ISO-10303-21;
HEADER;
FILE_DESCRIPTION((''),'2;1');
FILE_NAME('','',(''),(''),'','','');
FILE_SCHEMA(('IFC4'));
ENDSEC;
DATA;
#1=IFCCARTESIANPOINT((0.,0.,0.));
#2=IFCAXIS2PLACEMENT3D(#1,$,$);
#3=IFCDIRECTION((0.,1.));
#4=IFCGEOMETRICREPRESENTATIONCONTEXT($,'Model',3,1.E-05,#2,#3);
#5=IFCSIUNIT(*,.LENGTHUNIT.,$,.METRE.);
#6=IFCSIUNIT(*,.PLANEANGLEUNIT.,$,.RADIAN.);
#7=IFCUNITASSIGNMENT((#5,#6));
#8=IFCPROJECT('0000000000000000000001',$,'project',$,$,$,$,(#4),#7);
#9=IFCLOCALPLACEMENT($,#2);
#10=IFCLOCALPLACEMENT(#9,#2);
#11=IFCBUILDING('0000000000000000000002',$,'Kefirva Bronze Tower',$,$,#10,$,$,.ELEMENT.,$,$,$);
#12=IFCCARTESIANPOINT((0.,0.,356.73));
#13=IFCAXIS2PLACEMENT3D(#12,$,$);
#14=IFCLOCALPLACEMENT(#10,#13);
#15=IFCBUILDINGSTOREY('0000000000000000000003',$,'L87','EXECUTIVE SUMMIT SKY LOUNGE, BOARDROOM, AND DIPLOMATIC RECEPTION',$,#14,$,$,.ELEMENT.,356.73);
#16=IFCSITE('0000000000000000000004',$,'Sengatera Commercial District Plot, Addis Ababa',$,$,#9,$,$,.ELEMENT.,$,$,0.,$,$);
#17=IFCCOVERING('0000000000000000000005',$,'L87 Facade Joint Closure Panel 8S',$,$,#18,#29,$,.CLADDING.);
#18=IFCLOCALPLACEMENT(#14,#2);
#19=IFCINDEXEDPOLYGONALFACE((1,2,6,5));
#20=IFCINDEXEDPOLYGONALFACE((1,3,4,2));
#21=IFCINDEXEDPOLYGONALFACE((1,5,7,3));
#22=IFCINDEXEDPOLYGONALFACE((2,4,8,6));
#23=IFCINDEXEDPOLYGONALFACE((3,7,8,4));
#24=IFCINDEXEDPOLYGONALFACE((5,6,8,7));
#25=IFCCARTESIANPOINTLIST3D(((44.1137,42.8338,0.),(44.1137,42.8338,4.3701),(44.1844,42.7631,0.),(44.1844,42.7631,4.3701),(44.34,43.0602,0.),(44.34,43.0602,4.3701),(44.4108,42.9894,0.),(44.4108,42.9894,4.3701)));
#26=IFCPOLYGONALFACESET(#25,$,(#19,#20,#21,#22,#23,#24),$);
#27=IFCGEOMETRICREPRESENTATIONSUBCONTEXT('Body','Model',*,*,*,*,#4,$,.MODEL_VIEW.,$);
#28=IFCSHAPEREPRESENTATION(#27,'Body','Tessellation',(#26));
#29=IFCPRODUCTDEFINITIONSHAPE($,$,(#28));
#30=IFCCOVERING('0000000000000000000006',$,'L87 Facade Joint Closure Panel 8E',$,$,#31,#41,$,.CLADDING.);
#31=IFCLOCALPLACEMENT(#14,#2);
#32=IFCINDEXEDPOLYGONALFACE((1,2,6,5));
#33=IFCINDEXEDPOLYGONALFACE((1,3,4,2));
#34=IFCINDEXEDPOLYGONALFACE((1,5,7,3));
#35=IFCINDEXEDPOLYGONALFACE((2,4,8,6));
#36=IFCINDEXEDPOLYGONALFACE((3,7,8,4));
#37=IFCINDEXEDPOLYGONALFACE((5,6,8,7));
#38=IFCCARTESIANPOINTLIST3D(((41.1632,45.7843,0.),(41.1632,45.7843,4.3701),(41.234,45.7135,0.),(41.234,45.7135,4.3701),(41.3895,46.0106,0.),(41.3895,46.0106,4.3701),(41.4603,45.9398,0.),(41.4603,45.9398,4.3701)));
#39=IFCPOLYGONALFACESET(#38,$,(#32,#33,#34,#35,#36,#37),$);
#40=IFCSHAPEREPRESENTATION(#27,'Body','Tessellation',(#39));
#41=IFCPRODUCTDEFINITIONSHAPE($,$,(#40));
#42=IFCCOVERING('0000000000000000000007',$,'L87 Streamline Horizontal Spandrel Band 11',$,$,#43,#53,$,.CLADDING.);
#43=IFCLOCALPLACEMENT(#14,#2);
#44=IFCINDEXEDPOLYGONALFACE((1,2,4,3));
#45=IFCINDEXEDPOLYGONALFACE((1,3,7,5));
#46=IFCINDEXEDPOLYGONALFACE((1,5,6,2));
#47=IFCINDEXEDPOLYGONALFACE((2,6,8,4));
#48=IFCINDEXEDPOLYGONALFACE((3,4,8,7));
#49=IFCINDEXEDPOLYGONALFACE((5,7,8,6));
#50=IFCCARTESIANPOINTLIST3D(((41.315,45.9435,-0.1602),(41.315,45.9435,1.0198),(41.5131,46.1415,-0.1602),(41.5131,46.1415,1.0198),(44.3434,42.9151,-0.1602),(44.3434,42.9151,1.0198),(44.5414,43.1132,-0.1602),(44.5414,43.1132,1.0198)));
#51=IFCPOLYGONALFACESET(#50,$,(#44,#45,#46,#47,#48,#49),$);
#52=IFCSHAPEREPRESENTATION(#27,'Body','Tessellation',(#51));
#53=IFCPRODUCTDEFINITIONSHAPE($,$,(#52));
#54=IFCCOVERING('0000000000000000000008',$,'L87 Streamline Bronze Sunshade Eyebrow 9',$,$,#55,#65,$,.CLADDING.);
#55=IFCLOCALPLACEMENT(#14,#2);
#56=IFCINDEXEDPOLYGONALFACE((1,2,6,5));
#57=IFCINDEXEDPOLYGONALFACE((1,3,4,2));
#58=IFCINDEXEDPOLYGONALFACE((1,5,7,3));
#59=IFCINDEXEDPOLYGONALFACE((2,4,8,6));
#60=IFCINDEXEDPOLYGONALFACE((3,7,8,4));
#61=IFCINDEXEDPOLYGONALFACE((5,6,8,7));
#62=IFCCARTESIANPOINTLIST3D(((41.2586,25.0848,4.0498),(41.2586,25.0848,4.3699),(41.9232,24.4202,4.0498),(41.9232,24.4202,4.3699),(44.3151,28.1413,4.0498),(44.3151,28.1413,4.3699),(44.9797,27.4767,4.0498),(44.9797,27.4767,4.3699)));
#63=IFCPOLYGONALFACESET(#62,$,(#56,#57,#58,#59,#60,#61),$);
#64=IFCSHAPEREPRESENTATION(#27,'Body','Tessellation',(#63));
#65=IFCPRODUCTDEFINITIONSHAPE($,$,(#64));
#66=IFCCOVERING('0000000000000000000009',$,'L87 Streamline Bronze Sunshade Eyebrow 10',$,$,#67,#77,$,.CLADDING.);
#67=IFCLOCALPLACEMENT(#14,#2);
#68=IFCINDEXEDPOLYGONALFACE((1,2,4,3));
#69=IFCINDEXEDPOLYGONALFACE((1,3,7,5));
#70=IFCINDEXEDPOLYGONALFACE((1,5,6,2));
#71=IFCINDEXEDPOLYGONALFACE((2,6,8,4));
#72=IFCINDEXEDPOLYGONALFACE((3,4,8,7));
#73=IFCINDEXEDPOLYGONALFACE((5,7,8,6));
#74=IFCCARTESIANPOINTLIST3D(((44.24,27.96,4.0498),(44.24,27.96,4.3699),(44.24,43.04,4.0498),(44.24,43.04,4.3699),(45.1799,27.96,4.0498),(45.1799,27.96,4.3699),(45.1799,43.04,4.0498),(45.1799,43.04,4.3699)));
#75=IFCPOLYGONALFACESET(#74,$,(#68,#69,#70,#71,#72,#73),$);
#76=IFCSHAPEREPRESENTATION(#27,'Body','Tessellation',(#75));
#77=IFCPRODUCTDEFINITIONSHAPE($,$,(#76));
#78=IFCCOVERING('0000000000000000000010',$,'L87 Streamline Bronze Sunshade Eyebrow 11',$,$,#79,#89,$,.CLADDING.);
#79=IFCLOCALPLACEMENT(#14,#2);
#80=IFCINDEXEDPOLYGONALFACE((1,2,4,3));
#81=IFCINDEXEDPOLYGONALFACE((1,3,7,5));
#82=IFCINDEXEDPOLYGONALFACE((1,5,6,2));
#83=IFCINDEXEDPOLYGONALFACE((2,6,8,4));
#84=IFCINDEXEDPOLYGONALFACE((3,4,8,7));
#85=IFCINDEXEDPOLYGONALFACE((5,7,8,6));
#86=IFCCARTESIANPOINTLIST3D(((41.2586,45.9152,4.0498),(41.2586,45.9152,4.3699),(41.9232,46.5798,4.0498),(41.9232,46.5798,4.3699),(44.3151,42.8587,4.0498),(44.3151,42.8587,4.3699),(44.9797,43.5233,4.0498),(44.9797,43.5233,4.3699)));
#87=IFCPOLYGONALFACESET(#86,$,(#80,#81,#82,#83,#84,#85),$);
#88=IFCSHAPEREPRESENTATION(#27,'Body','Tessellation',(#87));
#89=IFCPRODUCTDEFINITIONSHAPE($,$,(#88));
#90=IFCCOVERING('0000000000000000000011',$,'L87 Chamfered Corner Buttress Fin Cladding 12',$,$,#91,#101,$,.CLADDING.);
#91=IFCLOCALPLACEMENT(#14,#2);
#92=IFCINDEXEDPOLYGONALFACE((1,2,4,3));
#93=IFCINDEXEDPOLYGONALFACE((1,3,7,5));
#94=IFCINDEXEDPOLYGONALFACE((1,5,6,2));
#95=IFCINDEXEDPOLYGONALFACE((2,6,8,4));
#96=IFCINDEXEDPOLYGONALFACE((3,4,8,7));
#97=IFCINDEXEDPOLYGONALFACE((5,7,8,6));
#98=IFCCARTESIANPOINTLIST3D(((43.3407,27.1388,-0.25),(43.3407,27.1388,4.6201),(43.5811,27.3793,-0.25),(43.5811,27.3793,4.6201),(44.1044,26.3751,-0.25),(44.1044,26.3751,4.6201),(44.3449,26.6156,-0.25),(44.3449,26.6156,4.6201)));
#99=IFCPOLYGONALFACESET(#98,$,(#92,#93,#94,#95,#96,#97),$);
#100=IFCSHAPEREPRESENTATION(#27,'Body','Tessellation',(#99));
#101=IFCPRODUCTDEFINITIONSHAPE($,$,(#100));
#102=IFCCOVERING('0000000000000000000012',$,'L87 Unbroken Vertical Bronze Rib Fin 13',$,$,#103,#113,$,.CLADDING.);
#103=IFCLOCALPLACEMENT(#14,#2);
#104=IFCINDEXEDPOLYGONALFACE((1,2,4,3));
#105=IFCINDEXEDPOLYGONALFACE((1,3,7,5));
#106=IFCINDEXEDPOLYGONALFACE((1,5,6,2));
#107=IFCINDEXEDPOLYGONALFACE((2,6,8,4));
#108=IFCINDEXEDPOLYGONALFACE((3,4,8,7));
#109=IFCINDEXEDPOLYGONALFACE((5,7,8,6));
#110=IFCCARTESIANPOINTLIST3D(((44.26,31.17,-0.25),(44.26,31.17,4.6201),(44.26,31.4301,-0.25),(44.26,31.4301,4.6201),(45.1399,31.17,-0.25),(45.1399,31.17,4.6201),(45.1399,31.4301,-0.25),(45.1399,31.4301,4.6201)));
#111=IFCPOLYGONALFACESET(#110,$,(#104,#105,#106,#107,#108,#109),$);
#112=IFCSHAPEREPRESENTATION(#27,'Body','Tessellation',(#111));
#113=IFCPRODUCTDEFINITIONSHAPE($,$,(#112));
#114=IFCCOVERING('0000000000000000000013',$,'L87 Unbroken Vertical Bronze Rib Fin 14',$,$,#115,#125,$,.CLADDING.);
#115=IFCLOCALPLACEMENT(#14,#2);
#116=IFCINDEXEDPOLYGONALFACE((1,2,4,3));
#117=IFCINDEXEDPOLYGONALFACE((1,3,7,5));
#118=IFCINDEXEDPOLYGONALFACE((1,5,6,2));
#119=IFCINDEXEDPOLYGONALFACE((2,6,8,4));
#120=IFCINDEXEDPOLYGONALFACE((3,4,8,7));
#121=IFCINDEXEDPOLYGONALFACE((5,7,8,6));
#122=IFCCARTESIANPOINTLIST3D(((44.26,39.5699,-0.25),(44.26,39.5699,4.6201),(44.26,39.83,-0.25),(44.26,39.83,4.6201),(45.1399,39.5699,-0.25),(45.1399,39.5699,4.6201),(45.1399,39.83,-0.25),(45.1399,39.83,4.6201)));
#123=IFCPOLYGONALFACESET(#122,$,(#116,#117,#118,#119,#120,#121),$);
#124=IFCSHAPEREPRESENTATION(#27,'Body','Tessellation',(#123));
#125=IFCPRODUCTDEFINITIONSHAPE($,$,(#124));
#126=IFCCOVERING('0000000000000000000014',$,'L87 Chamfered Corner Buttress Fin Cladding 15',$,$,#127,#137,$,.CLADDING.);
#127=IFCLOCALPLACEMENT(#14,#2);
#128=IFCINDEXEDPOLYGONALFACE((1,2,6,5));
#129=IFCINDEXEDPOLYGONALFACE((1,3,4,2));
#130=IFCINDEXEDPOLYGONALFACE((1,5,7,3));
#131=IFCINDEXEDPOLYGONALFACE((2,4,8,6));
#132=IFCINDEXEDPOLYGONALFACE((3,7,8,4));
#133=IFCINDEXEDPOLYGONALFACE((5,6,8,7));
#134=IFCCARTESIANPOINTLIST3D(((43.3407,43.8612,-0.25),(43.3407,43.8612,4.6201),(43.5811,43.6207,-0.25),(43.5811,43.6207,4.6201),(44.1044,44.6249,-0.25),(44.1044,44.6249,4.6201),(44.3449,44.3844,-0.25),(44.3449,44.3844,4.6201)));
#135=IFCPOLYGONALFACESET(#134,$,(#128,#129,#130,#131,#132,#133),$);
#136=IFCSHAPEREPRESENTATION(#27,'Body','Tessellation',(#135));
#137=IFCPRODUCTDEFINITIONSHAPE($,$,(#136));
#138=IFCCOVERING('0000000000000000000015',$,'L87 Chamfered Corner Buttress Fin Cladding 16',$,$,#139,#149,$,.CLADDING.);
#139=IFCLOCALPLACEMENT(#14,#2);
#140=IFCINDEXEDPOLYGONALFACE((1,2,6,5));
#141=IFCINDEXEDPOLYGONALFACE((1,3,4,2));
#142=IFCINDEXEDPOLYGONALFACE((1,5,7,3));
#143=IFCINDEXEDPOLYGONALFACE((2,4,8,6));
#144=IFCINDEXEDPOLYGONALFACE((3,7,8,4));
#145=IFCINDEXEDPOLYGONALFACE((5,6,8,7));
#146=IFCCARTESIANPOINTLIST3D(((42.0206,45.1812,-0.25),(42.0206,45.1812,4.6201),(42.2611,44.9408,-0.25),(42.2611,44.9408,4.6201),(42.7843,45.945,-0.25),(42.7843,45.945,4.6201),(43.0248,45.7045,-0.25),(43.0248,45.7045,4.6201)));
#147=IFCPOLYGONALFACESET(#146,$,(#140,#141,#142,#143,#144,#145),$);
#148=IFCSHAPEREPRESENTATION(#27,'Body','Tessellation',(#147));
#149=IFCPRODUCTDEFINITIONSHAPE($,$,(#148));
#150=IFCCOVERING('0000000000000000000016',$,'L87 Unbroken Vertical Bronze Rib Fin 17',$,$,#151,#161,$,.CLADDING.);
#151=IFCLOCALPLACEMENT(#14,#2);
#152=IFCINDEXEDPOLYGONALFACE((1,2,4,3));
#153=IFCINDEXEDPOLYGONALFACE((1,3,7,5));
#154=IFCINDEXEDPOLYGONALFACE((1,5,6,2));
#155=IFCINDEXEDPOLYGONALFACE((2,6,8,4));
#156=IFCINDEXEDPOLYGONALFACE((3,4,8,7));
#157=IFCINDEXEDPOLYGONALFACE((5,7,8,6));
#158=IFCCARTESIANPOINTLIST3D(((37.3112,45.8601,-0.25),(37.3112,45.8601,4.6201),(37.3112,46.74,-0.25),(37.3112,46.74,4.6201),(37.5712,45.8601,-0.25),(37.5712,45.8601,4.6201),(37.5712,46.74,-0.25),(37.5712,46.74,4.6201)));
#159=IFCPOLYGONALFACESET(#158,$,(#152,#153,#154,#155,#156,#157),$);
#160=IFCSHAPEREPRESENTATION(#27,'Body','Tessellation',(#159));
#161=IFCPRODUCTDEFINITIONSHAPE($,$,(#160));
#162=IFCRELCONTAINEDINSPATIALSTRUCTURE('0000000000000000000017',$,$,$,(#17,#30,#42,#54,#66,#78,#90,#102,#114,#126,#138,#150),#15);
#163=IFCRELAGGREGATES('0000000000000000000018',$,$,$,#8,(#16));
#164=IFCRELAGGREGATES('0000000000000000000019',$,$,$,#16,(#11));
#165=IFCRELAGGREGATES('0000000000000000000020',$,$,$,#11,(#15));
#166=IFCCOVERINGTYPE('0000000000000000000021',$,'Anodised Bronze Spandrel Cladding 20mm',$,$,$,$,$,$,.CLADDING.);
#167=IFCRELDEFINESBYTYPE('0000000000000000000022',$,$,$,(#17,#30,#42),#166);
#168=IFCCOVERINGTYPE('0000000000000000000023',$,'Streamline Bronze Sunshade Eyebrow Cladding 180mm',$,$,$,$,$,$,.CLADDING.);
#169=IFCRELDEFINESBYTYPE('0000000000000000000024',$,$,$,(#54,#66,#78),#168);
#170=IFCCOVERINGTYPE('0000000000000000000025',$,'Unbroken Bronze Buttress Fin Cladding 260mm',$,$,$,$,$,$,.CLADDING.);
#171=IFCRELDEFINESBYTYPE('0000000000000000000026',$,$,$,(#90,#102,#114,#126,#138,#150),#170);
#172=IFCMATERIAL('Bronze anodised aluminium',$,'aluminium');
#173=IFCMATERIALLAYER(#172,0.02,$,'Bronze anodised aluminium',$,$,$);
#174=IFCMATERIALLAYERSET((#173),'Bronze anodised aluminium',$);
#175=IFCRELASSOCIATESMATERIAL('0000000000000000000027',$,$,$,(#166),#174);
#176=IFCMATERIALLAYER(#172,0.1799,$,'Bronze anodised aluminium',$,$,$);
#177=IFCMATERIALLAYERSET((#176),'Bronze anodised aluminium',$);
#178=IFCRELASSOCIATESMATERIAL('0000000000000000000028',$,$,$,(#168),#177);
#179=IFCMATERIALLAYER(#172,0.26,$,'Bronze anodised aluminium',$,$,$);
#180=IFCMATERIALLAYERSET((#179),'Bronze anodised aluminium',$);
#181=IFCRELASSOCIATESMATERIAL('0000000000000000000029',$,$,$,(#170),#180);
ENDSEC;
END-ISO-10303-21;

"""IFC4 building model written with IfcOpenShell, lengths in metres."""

from ifc_helpers import new_model, si_unit, direction, frame, origin, origin_2d, place, context, subcontext, project, spatial, rectangle, extrude, material, layer, layer_set, type_object, element, save


model = new_model("IFC4")

# Units and contexts
model_context = context("Model", 3, precision=1e-05, world=origin(), true_north=direction((0.0, 1.0)))
body_context = subcontext(model_context, "Body", "Model", "MODEL_VIEW")
ifc_project = project(units=[si_unit("LENGTHUNIT", "METRE"), si_unit("PLANEANGLEUNIT", "RADIAN")], contexts=[model_context])

# Site, building, storey
site_placement = place(None, origin())
site = spatial("IfcSite", under=ifc_project, at=site_placement, Name="Sengatera Commercial District Plot, Addis Ababa", CompositionType="ELEMENT", RefElevation=0.0)
building_placement = place(site_placement, origin())
building = spatial("IfcBuilding", under=site, at=building_placement, Name="Kefirva Bronze Tower", CompositionType="ELEMENT")
storey_placement = place(building_placement, frame((0.0, 0.0, 356.73)))
storey = spatial("IfcBuildingStorey", under=building, at=storey_placement, Name="L87", Description="EXECUTIVE SUMMIT SKY LOUNGE, BOARDROOM, AND DIPLOMATIC RECEPTION", CompositionType="ELEMENT", Elevation=356.73)

# Shared definitions
ifc_material_1 = material(Name="Bronze anodised aluminium", Category="aluminium")

# Coverings
ifc_layer_1 = layer(ifc_material_1, 0.02, Name="Bronze anodised aluminium")
ifc_layer_set_1 = layer_set([ifc_layer_1], Name="Bronze anodised aluminium")
covering_type_1 = type_object("IfcCoveringType", Name="Anodised Bronze Spandrel Cladding 20mm", PredefinedType="CLADDING", material=ifc_layer_set_1)
for number, where, z_axis, x_axis, name in (
    (1, (44.2622, 42.9116, 0.0), (0.0, 0.0, 1.0), (-0.707107, 0.707107, 0.0), "L87 Facade Joint Closure Panel 8S"),
    (2, (41.3118, 45.8621, 0.0), (0.0, 0.0, 1.0), (-0.707107, 0.707107, 0.0), "L87 Facade Joint Closure Panel 8E"),
):
    element("IfcCovering", number, at=place(storey_placement, frame(where, z_axis=z_axis, x_axis=x_axis)), inside=storey, type_object=covering_type_1, Name=name, PredefinedType="CLADDING", context=body_context, shape_type="SweptSolid", body=[
        extrude(rectangle(XDim=0.1001, YDim=0.3201, at=origin_2d()), origin(), (0.0, 0.0, 1.0), 4.3701),
    ])
covering_1_placement = place(storey_placement, frame((42.9282, 44.5283, -0.1602), z_axis=(0.0, 0.0, 1.0), x_axis=(-0.707107, 0.707107, 0.0)))
element("IfcCovering", 3, at=covering_1_placement, inside=storey, type_object=covering_type_1, Name="L87 Streamline Horizontal Spandrel Band 11", PredefinedType="CLADDING", context=body_context, shape_type="SweptSolid", body=[
    extrude(rectangle(XDim=4.2827, YDim=0.28, at=origin_2d()), origin(), (0.0, 0.0, 1.0), 1.1799),
])
ifc_layer_2 = layer(ifc_material_1, 0.1799, Name="Bronze anodised aluminium")
ifc_layer_set_2 = layer_set([ifc_layer_2], Name="Bronze anodised aluminium")
covering_type_2 = type_object("IfcCoveringType", Name="Streamline Bronze Sunshade Eyebrow Cladding 180mm", PredefinedType="CLADDING", material=ifc_layer_set_2)
covering_2_placement = place(storey_placement, frame((43.1191, 26.2808, 4.0498), z_axis=(0.0, 0.0, 1.0), x_axis=(0.707107, 0.707107, 0.0)))
element("IfcCovering", 4, at=covering_2_placement, inside=storey, type_object=covering_type_2, Name="L87 Streamline Bronze Sunshade Eyebrow 9", PredefinedType="CLADDING", context=body_context, shape_type="SweptSolid", body=[
    extrude(rectangle(XDim=4.3225, YDim=0.9399, at=origin_2d()), origin(), (0.0, 0.0, 1.0), 0.3201),
])
covering_3_placement = place(storey_placement, frame((44.71, 35.5, 4.0498), z_axis=(0.0, 0.0, 1.0), x_axis=(0.0, 1.0, 0.0)))
element("IfcCovering", 5, at=covering_3_placement, inside=storey, type_object=covering_type_2, Name="L87 Streamline Bronze Sunshade Eyebrow 10", PredefinedType="CLADDING", context=body_context, shape_type="SweptSolid", body=[
    extrude(rectangle(XDim=15.0801, YDim=0.9399, at=origin_2d()), origin(), (0.0, 0.0, 1.0), 0.3201),
])
covering_4_placement = place(storey_placement, frame((43.1191, 44.7192, 4.0498), z_axis=(0.0, 0.0, 1.0), x_axis=(-0.707107, 0.707107, 0.0)))
element("IfcCovering", 6, at=covering_4_placement, inside=storey, type_object=covering_type_2, Name="L87 Streamline Bronze Sunshade Eyebrow 11", PredefinedType="CLADDING", context=body_context, shape_type="SweptSolid", body=[
    extrude(rectangle(XDim=4.3225, YDim=0.9399, at=origin_2d()), origin(), (0.0, 0.0, 1.0), 0.3201),
])
ifc_layer_3 = layer(ifc_material_1, 0.26, Name="Bronze anodised aluminium")
ifc_layer_set_3 = layer_set([ifc_layer_3], Name="Bronze anodised aluminium")
covering_type_3 = type_object("IfcCoveringType", Name="Unbroken Bronze Buttress Fin Cladding 260mm", PredefinedType="CLADDING", material=ifc_layer_set_3)
covering_5_placement = place(storey_placement, frame((43.8428, 26.8772, -0.25), z_axis=(0.0, 0.0, 1.0), x_axis=(0.707107, 0.707107, 0.0)))
element("IfcCovering", 7, at=covering_5_placement, inside=storey, type_object=covering_type_3, Name="L87 Chamfered Corner Buttress Fin Cladding 12", PredefinedType="CLADDING", context=body_context, shape_type="SweptSolid", body=[
    extrude(rectangle(XDim=0.3401, YDim=1.0801, at=origin_2d()), origin(), (0.0, 0.0, 1.0), 4.8701),
])
for number, where, z_axis, x_axis, name in (
    (8, (44.7, 31.3, -0.25), (0.0, 0.0, 1.0), (0.0, 1.0, 0.0), "L87 Unbroken Vertical Bronze Rib Fin 13"),
    (9, (44.7, 39.7, -0.25), (0.0, 0.0, 1.0), (0.0, 1.0, 0.0), "L87 Unbroken Vertical Bronze Rib Fin 14"),
):
    element("IfcCovering", number, at=place(storey_placement, frame(where, z_axis=z_axis, x_axis=x_axis)), inside=storey, type_object=covering_type_3, Name=name, PredefinedType="CLADDING", context=body_context, shape_type="SweptSolid", body=[
        extrude(rectangle(XDim=0.26, YDim=0.8799, at=origin_2d()), origin(), (0.0, 0.0, 1.0), 4.8701),
    ])
for number, where, z_axis, x_axis, name in (
    (10, (43.8428, 44.1228, -0.25), (0.0, 0.0, 1.0), (-0.707107, 0.707107, 0.0), "L87 Chamfered Corner Buttress Fin Cladding 15"),
    (11, (42.5227, 45.4429, -0.25), (0.0, 0.0, 1.0), (-0.707107, 0.707107, 0.0), "L87 Chamfered Corner Buttress Fin Cladding 16"),
):
    element("IfcCovering", number, at=place(storey_placement, frame(where, z_axis=z_axis, x_axis=x_axis)), inside=storey, type_object=covering_type_3, Name=name, PredefinedType="CLADDING", context=body_context, shape_type="SweptSolid", body=[
        extrude(rectangle(XDim=0.3401, YDim=1.0801, at=origin_2d()), origin(), (0.0, 0.0, 1.0), 4.8701),
    ])
covering_6_placement = place(storey_placement, frame((37.4412, 46.3, -0.25), z_axis=(0.0, 0.0, 1.0), x_axis=(-1.0, 0.0, 0.0)))
element("IfcCovering", 12, at=covering_6_placement, inside=storey, type_object=covering_type_3, Name="L87 Unbroken Vertical Bronze Rib Fin 17", PredefinedType="CLADDING", context=body_context, shape_type="SweptSolid", body=[
    extrude(rectangle(XDim=0.26, YDim=0.8799, at=origin_2d()), origin(), (0.0, 0.0, 1.0), 4.8701),
])

save(model, "model.ifc")
